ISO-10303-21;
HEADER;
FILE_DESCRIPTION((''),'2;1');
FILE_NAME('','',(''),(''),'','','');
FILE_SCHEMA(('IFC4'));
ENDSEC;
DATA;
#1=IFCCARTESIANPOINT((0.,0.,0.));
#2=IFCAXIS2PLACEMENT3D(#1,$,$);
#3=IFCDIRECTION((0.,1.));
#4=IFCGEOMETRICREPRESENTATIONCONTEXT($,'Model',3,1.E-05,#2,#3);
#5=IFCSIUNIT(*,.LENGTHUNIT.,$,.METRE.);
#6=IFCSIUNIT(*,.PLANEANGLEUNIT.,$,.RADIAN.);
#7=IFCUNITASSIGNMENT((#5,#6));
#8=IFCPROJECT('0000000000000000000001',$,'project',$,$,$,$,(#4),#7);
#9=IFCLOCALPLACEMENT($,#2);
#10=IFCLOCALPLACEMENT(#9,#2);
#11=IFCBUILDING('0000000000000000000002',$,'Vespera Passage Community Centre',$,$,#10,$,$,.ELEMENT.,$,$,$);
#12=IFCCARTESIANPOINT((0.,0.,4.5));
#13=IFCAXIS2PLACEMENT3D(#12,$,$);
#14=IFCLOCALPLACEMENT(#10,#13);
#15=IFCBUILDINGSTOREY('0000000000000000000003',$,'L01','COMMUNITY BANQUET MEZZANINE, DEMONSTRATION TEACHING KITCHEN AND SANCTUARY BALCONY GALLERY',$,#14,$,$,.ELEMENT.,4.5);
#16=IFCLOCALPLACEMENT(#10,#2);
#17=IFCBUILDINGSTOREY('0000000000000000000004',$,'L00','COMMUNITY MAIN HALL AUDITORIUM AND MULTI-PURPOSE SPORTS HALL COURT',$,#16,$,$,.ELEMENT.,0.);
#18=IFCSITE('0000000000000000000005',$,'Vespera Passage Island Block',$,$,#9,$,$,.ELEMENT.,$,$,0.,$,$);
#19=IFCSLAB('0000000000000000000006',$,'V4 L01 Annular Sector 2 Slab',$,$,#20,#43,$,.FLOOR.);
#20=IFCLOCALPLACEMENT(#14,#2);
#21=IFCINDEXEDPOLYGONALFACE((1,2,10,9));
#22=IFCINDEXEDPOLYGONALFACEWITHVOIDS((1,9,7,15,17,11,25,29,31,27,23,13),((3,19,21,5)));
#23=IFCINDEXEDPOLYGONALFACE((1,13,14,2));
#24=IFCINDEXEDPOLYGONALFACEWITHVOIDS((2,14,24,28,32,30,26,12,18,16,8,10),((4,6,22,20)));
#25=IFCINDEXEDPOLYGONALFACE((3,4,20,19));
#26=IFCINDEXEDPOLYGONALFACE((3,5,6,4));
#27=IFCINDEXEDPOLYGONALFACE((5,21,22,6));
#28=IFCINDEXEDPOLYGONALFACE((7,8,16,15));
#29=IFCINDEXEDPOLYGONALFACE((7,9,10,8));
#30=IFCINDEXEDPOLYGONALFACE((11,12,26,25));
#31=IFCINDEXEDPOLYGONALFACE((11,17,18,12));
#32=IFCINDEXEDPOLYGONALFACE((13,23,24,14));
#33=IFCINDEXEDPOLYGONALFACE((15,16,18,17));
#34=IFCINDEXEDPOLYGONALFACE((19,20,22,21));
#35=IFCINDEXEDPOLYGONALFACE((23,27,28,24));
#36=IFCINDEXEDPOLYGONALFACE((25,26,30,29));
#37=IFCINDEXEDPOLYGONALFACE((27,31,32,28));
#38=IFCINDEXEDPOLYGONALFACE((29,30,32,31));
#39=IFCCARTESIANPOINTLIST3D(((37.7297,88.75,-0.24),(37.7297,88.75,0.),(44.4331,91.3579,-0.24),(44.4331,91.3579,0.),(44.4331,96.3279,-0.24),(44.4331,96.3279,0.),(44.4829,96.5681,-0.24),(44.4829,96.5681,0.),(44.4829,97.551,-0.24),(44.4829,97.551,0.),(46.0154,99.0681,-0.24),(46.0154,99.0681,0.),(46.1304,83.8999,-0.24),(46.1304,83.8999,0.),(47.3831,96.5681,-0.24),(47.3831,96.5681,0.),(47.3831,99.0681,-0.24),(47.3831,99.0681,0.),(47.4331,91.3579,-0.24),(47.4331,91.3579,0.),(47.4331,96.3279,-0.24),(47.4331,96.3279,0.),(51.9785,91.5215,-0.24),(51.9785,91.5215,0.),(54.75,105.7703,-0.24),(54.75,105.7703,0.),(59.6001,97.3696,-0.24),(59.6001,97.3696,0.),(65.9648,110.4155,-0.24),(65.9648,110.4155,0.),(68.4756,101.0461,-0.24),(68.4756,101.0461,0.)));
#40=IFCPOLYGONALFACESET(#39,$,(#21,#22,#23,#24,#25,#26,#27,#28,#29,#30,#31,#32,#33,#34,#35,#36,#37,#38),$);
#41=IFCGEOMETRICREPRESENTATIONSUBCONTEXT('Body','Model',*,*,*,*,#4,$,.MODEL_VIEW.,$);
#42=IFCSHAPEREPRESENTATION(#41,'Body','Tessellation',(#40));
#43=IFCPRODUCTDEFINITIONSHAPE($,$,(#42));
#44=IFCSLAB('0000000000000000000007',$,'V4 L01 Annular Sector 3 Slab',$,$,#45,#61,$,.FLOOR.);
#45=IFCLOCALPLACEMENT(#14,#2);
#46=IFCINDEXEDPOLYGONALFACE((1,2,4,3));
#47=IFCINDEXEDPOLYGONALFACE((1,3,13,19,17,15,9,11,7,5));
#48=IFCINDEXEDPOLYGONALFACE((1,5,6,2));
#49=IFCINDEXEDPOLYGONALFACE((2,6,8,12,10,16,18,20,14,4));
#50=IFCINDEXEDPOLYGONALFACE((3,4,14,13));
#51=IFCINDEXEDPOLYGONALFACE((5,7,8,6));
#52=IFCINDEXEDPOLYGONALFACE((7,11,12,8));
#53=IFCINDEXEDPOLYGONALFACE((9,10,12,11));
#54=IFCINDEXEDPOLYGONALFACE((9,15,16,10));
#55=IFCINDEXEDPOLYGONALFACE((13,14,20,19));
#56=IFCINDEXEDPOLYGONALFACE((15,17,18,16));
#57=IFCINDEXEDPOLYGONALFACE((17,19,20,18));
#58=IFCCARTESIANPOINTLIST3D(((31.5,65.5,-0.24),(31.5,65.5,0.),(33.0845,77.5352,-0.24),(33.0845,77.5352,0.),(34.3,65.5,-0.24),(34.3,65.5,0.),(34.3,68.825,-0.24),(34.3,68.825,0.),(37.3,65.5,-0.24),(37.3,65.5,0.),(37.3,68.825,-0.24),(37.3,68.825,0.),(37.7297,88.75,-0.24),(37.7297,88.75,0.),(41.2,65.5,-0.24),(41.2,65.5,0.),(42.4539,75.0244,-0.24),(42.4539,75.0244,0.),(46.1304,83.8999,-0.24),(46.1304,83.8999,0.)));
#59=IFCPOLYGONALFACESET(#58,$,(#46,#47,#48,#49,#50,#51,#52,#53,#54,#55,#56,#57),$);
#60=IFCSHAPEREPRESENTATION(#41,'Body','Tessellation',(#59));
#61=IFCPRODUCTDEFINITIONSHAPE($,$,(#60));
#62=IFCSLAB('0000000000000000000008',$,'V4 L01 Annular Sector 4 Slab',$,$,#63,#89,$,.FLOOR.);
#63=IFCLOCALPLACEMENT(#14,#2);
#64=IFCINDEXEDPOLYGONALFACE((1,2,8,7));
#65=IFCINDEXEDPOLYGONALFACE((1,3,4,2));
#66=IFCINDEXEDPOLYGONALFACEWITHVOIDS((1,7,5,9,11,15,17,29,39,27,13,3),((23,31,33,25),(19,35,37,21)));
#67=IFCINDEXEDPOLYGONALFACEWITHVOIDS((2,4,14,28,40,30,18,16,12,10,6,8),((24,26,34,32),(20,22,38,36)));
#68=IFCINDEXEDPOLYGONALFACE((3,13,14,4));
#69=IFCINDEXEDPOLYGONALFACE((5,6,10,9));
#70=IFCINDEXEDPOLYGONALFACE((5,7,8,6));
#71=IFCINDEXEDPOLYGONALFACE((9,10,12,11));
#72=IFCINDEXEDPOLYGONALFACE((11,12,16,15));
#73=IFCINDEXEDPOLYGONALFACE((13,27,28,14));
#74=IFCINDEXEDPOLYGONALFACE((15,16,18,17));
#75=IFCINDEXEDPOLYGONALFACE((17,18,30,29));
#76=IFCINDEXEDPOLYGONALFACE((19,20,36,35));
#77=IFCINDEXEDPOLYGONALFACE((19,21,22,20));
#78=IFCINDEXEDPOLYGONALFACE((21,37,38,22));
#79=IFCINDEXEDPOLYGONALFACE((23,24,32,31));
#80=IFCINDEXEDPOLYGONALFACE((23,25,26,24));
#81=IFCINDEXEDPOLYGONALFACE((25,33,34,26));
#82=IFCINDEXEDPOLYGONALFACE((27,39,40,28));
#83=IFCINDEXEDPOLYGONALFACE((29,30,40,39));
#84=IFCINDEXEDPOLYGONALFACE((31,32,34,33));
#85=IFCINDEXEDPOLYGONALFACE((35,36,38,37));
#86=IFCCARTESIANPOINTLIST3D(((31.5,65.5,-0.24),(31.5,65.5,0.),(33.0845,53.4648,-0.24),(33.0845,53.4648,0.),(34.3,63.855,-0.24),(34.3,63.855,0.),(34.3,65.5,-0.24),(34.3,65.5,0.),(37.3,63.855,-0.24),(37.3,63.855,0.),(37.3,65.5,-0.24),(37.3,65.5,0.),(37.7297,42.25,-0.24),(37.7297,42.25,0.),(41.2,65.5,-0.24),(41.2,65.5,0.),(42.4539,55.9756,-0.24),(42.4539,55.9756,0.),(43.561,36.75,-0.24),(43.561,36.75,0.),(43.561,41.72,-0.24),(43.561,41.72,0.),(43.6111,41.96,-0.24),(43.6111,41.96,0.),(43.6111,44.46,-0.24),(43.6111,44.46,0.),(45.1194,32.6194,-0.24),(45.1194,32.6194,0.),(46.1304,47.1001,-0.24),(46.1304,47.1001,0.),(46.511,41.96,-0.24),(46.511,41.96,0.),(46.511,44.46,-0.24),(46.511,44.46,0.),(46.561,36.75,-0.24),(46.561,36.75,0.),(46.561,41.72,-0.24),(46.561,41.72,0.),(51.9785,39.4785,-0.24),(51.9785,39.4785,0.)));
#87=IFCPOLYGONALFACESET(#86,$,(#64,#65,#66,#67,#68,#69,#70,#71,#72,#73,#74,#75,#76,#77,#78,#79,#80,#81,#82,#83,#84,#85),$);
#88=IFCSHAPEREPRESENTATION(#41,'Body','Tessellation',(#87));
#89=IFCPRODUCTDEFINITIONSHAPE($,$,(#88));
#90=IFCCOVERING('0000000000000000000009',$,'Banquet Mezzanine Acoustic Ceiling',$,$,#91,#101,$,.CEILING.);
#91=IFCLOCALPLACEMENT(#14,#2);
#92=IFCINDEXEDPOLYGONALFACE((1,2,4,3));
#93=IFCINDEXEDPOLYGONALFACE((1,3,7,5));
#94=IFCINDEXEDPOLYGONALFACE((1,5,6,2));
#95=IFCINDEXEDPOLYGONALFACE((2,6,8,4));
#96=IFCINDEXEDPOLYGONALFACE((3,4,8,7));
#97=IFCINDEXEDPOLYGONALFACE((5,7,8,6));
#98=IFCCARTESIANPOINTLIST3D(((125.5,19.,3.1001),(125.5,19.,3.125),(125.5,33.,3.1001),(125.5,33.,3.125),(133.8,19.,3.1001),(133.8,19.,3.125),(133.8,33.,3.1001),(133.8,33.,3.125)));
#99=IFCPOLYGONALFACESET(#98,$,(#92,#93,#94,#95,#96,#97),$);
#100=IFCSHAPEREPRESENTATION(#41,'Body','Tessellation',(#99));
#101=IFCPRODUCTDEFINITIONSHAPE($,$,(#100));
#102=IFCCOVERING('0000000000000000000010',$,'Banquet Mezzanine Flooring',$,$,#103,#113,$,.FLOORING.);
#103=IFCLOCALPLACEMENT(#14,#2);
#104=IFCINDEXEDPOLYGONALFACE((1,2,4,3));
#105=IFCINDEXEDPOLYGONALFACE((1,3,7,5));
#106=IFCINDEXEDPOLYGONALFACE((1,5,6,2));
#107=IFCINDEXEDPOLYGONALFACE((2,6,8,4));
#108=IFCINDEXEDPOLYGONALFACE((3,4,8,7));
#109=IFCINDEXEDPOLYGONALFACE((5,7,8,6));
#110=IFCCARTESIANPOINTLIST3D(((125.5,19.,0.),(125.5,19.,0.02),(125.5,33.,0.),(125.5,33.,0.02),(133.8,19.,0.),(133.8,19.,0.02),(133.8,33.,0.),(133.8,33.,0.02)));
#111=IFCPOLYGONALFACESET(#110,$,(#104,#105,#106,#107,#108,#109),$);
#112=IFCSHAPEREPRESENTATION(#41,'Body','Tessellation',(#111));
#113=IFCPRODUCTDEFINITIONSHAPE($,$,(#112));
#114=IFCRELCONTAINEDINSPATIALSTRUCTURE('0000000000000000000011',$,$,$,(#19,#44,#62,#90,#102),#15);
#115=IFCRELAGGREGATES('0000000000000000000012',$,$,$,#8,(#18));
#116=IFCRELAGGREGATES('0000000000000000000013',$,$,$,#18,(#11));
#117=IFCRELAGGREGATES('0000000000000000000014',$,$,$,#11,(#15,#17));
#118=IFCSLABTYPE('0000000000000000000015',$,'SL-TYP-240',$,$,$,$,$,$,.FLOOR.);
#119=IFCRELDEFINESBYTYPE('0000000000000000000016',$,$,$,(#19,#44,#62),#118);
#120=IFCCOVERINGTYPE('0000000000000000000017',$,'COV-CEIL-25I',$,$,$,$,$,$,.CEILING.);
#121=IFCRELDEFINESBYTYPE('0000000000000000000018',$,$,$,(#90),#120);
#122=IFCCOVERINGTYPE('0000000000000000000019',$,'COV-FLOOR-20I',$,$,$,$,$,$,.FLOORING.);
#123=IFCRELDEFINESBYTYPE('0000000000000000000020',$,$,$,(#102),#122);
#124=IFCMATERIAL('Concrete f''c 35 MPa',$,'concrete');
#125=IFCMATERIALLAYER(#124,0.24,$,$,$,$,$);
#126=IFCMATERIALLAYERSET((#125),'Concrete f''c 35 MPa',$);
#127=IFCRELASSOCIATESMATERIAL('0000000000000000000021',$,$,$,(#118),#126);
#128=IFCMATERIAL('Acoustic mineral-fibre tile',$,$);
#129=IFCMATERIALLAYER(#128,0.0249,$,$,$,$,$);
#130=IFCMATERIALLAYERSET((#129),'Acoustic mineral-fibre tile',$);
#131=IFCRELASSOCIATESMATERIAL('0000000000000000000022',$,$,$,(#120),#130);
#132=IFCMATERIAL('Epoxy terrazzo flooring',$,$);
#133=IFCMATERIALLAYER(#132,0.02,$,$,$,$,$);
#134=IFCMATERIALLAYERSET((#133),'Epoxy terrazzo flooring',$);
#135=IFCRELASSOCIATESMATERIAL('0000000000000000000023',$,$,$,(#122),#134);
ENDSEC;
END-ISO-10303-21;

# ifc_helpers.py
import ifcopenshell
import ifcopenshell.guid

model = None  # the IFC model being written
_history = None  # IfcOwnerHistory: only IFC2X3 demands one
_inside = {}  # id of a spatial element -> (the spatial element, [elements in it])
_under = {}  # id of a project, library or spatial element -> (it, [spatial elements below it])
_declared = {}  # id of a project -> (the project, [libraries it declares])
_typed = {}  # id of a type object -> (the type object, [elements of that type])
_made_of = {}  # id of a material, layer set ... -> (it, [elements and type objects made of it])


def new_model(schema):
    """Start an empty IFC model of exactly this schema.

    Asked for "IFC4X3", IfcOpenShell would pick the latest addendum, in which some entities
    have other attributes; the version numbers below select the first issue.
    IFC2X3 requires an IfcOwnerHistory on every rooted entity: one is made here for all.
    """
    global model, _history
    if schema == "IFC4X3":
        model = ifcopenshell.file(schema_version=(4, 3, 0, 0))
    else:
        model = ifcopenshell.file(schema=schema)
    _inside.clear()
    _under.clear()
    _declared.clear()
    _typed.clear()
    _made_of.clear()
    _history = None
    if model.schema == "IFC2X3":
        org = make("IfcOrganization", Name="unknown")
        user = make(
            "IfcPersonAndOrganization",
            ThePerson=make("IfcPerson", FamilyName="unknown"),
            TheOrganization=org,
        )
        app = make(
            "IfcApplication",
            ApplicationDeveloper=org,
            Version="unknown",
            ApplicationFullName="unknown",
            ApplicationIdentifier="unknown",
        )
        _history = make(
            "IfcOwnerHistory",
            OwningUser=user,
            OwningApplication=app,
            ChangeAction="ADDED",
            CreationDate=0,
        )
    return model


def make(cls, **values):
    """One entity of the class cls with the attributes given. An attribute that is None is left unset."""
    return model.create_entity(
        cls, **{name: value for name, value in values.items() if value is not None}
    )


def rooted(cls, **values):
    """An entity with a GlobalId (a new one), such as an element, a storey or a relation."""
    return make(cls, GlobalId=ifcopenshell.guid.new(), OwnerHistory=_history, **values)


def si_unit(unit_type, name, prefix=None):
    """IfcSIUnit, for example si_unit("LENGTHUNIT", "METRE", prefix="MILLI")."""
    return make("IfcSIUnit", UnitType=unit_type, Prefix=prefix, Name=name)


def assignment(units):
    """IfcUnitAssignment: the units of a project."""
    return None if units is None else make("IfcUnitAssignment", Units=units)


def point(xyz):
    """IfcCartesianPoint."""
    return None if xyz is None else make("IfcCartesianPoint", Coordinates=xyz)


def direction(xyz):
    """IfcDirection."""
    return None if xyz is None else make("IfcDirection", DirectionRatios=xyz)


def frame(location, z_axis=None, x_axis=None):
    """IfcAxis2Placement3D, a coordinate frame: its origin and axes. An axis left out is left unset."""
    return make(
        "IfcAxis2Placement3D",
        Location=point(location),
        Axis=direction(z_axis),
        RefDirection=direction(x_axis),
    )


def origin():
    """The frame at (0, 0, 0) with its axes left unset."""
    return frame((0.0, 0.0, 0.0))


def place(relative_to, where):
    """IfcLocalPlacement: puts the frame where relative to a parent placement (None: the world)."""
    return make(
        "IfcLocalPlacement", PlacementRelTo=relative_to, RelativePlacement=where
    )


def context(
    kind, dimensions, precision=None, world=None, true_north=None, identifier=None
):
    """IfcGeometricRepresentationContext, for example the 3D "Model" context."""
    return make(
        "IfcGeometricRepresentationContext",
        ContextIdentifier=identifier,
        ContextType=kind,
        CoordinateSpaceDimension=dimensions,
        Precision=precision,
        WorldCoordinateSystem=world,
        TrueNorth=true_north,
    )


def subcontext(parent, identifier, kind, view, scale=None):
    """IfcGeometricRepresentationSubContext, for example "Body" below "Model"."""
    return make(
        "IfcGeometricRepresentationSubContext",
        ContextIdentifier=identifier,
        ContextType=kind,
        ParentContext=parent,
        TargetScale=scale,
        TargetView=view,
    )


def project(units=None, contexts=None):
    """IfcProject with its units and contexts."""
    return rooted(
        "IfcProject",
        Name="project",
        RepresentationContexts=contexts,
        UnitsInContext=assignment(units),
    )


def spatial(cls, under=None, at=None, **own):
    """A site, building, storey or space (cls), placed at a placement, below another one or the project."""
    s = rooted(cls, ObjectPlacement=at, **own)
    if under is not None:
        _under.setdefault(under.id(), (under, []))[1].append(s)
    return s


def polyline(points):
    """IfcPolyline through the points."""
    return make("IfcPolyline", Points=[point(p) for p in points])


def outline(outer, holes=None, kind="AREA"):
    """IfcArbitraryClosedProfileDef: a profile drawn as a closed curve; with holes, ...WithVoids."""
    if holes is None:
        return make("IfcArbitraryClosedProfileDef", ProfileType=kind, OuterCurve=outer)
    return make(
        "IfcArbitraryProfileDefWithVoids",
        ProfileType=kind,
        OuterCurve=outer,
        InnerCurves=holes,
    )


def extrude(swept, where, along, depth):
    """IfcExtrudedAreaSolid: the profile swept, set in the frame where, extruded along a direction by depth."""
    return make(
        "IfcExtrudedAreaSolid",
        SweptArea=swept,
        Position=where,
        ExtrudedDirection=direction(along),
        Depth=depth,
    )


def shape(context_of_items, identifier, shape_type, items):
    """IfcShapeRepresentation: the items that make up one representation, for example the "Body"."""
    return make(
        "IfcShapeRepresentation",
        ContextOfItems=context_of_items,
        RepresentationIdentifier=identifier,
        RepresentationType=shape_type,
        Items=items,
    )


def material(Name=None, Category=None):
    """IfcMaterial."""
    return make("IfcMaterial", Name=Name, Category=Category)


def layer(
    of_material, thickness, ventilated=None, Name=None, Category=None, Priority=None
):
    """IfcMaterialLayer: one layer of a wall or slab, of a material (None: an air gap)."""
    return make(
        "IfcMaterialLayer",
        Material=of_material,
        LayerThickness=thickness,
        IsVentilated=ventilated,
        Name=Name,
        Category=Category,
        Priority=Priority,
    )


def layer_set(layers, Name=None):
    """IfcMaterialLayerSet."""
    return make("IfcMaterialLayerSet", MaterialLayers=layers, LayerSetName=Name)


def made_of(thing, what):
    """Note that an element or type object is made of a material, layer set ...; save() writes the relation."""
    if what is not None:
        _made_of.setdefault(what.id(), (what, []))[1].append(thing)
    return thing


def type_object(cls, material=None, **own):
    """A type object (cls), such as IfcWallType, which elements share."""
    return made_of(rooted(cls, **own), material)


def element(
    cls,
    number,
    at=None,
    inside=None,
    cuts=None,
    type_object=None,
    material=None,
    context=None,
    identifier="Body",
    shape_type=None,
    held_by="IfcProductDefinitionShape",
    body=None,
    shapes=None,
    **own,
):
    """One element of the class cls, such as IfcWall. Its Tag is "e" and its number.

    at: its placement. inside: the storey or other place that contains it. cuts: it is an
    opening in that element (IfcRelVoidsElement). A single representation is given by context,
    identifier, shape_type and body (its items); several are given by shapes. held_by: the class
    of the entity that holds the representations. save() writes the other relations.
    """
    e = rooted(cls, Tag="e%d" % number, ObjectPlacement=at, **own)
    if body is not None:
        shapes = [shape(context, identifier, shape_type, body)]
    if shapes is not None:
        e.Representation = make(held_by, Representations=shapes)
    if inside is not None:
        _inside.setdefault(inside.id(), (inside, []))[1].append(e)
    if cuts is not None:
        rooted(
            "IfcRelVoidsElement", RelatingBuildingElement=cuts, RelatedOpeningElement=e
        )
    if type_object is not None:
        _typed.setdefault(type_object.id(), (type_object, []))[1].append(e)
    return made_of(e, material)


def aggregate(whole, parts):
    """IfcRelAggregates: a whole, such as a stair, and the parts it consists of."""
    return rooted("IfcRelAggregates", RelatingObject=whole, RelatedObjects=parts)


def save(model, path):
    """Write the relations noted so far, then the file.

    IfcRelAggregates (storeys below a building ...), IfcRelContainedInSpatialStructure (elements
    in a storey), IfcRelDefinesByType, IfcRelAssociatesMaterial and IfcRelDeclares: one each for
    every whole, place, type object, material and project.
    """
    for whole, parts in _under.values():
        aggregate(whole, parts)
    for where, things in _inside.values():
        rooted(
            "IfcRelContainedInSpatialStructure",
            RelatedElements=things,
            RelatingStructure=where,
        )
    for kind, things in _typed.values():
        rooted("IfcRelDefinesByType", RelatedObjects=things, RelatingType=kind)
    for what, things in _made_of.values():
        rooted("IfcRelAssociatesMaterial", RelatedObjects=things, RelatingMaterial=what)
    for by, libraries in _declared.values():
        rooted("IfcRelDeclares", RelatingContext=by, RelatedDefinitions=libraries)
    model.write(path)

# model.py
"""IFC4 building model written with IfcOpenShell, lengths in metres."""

from ifc_helpers import new_model, si_unit, direction, frame, origin, place, context, subcontext, project, spatial, polyline, outline, extrude, material, layer, layer_set, type_object, element, save


model = new_model("IFC4")

# Units and contexts
model_context = context("Model", 3, precision=1e-05, world=origin(), true_north=direction((0.0, 1.0)))
body_context = subcontext(model_context, "Body", "Model", "MODEL_VIEW")
ifc_project = project(units=[si_unit("LENGTHUNIT", "METRE"), si_unit("PLANEANGLEUNIT", "RADIAN")], contexts=[model_context])

# Site, building, storey
site_placement = place(None, origin())
site = spatial("IfcSite", under=ifc_project, at=site_placement, Name="Vespera Passage Island Block", CompositionType="ELEMENT", RefElevation=0.0)
building_placement = place(site_placement, origin())
building = spatial("IfcBuilding", under=site, at=building_placement, Name="Vespera Passage Community Centre", CompositionType="ELEMENT")
storey_1_placement = place(building_placement, frame((0.0, 0.0, 4.5)))
storey_1 = spatial("IfcBuildingStorey", under=building, at=storey_1_placement, Name="L01", Description="COMMUNITY BANQUET MEZZANINE, DEMONSTRATION TEACHING KITCHEN AND SANCTUARY BALCONY GALLERY", CompositionType="ELEMENT", Elevation=4.5)

# Shared definitions
storey_2_placement = place(building_placement, origin())
storey_2 = spatial("IfcBuildingStorey", under=building, at=storey_2_placement, Name="L00", Description="COMMUNITY MAIN HALL AUDITORIUM AND MULTI-PURPOSE SPORTS HALL COURT", CompositionType="ELEMENT", Elevation=0.0)

# Slabs
ifc_material_1 = material(Name="Concrete f'c 35 MPa", Category="concrete")
ifc_layer_1 = layer(ifc_material_1, 0.24)
ifc_layer_set_1 = layer_set([ifc_layer_1], Name="Concrete f'c 35 MPa")
slab_type_1 = type_object("IfcSlabType", Name="SL-TYP-240", PredefinedType="FLOOR", material=ifc_layer_set_1)
slab_1_placement = place(storey_1_placement, frame((0.0, 0.0, -0.24)))
element("IfcSlab", 1, at=slab_1_placement, inside=storey_1, type_object=slab_type_1, Name="V4 L01 Annular Sector 2 Slab", PredefinedType="FLOOR", context=body_context, shape_type="SweptSolid", body=[
    extrude(outline(polyline([(59.6001, 97.3696), (51.9785, 91.5215), (46.1304, 83.8999), (37.7297, 88.75), (44.4829, 97.551), (44.4829, 96.5681), (47.3831, 96.5681), (47.3831, 99.0681), (46.0154, 99.0681), (54.75, 105.7703), (65.9648, 110.4155), (68.4756, 101.0461), (59.6001, 97.3696)]), holes=[polyline([(44.4331, 96.3279), (44.4331, 91.3579), (47.4331, 91.3579), (47.4331, 96.3279), (44.4331, 96.3279)])]), origin(), (0.0, 0.0, 1.0), 0.24),
])
slab_2_placement = place(storey_1_placement, frame((0.0, 0.0, -0.24)))
element("IfcSlab", 2, at=slab_2_placement, inside=storey_1, type_object=slab_type_1, Name="V4 L01 Annular Sector 3 Slab", PredefinedType="FLOOR", context=body_context, shape_type="SweptSolid", body=[
    extrude(outline(polyline([(31.5, 65.5), (33.0845, 77.5352), (37.7297, 88.75), (46.1304, 83.8999), (42.4539, 75.0244), (41.2, 65.5), (37.3, 65.5), (37.3, 68.825), (34.3, 68.825), (34.3, 65.5), (31.5, 65.5)])), origin(), (0.0, 0.0, 1.0), 0.24),
])
slab_3_placement = place(storey_1_placement, frame((0.0, 0.0, -0.24)))
element("IfcSlab", 3, at=slab_3_placement, inside=storey_1, type_object=slab_type_1, Name="V4 L01 Annular Sector 4 Slab", PredefinedType="FLOOR", context=body_context, shape_type="SweptSolid", body=[
    extrude(outline(polyline([(46.1304, 47.1001), (51.9785, 39.4785), (45.1194, 32.6194), (37.7297, 42.25), (33.0845, 53.4648), (31.5, 65.5), (34.3, 65.5), (34.3, 63.855), (37.3, 63.855), (37.3, 65.5), (41.2, 65.5), (42.4539, 55.9756), (46.1304, 47.1001)]), holes=[polyline([(43.561, 41.72), (43.561, 36.75), (46.561, 36.75), (46.561, 41.72), (43.561, 41.72)]), polyline([(46.511, 44.46), (43.6111, 44.46), (43.6111, 41.96), (46.511, 41.96), (46.511, 44.46)])]), origin(), (0.0, 0.0, 1.0), 0.24),
])

# Coverings
ifc_material_2 = material(Name="Acoustic mineral-fibre tile")
ifc_layer_2 = layer(ifc_material_2, 0.0249)
ifc_layer_set_2 = layer_set([ifc_layer_2], Name="Acoustic mineral-fibre tile")
covering_type_1 = type_object("IfcCoveringType", Name="COV-CEIL-25I", PredefinedType="CEILING", material=ifc_layer_set_2)
covering_1_placement = place(storey_1_placement, frame((0.0, 0.0, 3.1001)))
element("IfcCovering", 4, at=covering_1_placement, inside=storey_1, type_object=covering_type_1, Name="Banquet Mezzanine Acoustic Ceiling", PredefinedType="CEILING", context=body_context, shape_type="SweptSolid", body=[
    extrude(outline(polyline([(125.5, 19.0), (133.8, 19.0), (133.8, 33.0), (125.5, 33.0), (125.5, 19.0)])), origin(), (0.0, 0.0, 1.0), 0.0249),
])
ifc_material_3 = material(Name="Epoxy terrazzo flooring")
ifc_layer_3 = layer(ifc_material_3, 0.02)
ifc_layer_set_3 = layer_set([ifc_layer_3], Name="Epoxy terrazzo flooring")
covering_type_2 = type_object("IfcCoveringType", Name="COV-FLOOR-20I", PredefinedType="FLOORING", material=ifc_layer_set_3)
covering_2_placement = place(storey_1_placement, origin())
element("IfcCovering", 5, at=covering_2_placement, inside=storey_1, type_object=covering_type_2, Name="Banquet Mezzanine Flooring", PredefinedType="FLOORING", context=body_context, shape_type="SweptSolid", body=[
    extrude(outline(polyline([(125.5, 19.0), (133.8, 19.0), (133.8, 33.0), (125.5, 33.0), (125.5, 19.0)])), origin(), (0.0, 0.0, 1.0), 0.02),
])

save(model, "model.ifc")
